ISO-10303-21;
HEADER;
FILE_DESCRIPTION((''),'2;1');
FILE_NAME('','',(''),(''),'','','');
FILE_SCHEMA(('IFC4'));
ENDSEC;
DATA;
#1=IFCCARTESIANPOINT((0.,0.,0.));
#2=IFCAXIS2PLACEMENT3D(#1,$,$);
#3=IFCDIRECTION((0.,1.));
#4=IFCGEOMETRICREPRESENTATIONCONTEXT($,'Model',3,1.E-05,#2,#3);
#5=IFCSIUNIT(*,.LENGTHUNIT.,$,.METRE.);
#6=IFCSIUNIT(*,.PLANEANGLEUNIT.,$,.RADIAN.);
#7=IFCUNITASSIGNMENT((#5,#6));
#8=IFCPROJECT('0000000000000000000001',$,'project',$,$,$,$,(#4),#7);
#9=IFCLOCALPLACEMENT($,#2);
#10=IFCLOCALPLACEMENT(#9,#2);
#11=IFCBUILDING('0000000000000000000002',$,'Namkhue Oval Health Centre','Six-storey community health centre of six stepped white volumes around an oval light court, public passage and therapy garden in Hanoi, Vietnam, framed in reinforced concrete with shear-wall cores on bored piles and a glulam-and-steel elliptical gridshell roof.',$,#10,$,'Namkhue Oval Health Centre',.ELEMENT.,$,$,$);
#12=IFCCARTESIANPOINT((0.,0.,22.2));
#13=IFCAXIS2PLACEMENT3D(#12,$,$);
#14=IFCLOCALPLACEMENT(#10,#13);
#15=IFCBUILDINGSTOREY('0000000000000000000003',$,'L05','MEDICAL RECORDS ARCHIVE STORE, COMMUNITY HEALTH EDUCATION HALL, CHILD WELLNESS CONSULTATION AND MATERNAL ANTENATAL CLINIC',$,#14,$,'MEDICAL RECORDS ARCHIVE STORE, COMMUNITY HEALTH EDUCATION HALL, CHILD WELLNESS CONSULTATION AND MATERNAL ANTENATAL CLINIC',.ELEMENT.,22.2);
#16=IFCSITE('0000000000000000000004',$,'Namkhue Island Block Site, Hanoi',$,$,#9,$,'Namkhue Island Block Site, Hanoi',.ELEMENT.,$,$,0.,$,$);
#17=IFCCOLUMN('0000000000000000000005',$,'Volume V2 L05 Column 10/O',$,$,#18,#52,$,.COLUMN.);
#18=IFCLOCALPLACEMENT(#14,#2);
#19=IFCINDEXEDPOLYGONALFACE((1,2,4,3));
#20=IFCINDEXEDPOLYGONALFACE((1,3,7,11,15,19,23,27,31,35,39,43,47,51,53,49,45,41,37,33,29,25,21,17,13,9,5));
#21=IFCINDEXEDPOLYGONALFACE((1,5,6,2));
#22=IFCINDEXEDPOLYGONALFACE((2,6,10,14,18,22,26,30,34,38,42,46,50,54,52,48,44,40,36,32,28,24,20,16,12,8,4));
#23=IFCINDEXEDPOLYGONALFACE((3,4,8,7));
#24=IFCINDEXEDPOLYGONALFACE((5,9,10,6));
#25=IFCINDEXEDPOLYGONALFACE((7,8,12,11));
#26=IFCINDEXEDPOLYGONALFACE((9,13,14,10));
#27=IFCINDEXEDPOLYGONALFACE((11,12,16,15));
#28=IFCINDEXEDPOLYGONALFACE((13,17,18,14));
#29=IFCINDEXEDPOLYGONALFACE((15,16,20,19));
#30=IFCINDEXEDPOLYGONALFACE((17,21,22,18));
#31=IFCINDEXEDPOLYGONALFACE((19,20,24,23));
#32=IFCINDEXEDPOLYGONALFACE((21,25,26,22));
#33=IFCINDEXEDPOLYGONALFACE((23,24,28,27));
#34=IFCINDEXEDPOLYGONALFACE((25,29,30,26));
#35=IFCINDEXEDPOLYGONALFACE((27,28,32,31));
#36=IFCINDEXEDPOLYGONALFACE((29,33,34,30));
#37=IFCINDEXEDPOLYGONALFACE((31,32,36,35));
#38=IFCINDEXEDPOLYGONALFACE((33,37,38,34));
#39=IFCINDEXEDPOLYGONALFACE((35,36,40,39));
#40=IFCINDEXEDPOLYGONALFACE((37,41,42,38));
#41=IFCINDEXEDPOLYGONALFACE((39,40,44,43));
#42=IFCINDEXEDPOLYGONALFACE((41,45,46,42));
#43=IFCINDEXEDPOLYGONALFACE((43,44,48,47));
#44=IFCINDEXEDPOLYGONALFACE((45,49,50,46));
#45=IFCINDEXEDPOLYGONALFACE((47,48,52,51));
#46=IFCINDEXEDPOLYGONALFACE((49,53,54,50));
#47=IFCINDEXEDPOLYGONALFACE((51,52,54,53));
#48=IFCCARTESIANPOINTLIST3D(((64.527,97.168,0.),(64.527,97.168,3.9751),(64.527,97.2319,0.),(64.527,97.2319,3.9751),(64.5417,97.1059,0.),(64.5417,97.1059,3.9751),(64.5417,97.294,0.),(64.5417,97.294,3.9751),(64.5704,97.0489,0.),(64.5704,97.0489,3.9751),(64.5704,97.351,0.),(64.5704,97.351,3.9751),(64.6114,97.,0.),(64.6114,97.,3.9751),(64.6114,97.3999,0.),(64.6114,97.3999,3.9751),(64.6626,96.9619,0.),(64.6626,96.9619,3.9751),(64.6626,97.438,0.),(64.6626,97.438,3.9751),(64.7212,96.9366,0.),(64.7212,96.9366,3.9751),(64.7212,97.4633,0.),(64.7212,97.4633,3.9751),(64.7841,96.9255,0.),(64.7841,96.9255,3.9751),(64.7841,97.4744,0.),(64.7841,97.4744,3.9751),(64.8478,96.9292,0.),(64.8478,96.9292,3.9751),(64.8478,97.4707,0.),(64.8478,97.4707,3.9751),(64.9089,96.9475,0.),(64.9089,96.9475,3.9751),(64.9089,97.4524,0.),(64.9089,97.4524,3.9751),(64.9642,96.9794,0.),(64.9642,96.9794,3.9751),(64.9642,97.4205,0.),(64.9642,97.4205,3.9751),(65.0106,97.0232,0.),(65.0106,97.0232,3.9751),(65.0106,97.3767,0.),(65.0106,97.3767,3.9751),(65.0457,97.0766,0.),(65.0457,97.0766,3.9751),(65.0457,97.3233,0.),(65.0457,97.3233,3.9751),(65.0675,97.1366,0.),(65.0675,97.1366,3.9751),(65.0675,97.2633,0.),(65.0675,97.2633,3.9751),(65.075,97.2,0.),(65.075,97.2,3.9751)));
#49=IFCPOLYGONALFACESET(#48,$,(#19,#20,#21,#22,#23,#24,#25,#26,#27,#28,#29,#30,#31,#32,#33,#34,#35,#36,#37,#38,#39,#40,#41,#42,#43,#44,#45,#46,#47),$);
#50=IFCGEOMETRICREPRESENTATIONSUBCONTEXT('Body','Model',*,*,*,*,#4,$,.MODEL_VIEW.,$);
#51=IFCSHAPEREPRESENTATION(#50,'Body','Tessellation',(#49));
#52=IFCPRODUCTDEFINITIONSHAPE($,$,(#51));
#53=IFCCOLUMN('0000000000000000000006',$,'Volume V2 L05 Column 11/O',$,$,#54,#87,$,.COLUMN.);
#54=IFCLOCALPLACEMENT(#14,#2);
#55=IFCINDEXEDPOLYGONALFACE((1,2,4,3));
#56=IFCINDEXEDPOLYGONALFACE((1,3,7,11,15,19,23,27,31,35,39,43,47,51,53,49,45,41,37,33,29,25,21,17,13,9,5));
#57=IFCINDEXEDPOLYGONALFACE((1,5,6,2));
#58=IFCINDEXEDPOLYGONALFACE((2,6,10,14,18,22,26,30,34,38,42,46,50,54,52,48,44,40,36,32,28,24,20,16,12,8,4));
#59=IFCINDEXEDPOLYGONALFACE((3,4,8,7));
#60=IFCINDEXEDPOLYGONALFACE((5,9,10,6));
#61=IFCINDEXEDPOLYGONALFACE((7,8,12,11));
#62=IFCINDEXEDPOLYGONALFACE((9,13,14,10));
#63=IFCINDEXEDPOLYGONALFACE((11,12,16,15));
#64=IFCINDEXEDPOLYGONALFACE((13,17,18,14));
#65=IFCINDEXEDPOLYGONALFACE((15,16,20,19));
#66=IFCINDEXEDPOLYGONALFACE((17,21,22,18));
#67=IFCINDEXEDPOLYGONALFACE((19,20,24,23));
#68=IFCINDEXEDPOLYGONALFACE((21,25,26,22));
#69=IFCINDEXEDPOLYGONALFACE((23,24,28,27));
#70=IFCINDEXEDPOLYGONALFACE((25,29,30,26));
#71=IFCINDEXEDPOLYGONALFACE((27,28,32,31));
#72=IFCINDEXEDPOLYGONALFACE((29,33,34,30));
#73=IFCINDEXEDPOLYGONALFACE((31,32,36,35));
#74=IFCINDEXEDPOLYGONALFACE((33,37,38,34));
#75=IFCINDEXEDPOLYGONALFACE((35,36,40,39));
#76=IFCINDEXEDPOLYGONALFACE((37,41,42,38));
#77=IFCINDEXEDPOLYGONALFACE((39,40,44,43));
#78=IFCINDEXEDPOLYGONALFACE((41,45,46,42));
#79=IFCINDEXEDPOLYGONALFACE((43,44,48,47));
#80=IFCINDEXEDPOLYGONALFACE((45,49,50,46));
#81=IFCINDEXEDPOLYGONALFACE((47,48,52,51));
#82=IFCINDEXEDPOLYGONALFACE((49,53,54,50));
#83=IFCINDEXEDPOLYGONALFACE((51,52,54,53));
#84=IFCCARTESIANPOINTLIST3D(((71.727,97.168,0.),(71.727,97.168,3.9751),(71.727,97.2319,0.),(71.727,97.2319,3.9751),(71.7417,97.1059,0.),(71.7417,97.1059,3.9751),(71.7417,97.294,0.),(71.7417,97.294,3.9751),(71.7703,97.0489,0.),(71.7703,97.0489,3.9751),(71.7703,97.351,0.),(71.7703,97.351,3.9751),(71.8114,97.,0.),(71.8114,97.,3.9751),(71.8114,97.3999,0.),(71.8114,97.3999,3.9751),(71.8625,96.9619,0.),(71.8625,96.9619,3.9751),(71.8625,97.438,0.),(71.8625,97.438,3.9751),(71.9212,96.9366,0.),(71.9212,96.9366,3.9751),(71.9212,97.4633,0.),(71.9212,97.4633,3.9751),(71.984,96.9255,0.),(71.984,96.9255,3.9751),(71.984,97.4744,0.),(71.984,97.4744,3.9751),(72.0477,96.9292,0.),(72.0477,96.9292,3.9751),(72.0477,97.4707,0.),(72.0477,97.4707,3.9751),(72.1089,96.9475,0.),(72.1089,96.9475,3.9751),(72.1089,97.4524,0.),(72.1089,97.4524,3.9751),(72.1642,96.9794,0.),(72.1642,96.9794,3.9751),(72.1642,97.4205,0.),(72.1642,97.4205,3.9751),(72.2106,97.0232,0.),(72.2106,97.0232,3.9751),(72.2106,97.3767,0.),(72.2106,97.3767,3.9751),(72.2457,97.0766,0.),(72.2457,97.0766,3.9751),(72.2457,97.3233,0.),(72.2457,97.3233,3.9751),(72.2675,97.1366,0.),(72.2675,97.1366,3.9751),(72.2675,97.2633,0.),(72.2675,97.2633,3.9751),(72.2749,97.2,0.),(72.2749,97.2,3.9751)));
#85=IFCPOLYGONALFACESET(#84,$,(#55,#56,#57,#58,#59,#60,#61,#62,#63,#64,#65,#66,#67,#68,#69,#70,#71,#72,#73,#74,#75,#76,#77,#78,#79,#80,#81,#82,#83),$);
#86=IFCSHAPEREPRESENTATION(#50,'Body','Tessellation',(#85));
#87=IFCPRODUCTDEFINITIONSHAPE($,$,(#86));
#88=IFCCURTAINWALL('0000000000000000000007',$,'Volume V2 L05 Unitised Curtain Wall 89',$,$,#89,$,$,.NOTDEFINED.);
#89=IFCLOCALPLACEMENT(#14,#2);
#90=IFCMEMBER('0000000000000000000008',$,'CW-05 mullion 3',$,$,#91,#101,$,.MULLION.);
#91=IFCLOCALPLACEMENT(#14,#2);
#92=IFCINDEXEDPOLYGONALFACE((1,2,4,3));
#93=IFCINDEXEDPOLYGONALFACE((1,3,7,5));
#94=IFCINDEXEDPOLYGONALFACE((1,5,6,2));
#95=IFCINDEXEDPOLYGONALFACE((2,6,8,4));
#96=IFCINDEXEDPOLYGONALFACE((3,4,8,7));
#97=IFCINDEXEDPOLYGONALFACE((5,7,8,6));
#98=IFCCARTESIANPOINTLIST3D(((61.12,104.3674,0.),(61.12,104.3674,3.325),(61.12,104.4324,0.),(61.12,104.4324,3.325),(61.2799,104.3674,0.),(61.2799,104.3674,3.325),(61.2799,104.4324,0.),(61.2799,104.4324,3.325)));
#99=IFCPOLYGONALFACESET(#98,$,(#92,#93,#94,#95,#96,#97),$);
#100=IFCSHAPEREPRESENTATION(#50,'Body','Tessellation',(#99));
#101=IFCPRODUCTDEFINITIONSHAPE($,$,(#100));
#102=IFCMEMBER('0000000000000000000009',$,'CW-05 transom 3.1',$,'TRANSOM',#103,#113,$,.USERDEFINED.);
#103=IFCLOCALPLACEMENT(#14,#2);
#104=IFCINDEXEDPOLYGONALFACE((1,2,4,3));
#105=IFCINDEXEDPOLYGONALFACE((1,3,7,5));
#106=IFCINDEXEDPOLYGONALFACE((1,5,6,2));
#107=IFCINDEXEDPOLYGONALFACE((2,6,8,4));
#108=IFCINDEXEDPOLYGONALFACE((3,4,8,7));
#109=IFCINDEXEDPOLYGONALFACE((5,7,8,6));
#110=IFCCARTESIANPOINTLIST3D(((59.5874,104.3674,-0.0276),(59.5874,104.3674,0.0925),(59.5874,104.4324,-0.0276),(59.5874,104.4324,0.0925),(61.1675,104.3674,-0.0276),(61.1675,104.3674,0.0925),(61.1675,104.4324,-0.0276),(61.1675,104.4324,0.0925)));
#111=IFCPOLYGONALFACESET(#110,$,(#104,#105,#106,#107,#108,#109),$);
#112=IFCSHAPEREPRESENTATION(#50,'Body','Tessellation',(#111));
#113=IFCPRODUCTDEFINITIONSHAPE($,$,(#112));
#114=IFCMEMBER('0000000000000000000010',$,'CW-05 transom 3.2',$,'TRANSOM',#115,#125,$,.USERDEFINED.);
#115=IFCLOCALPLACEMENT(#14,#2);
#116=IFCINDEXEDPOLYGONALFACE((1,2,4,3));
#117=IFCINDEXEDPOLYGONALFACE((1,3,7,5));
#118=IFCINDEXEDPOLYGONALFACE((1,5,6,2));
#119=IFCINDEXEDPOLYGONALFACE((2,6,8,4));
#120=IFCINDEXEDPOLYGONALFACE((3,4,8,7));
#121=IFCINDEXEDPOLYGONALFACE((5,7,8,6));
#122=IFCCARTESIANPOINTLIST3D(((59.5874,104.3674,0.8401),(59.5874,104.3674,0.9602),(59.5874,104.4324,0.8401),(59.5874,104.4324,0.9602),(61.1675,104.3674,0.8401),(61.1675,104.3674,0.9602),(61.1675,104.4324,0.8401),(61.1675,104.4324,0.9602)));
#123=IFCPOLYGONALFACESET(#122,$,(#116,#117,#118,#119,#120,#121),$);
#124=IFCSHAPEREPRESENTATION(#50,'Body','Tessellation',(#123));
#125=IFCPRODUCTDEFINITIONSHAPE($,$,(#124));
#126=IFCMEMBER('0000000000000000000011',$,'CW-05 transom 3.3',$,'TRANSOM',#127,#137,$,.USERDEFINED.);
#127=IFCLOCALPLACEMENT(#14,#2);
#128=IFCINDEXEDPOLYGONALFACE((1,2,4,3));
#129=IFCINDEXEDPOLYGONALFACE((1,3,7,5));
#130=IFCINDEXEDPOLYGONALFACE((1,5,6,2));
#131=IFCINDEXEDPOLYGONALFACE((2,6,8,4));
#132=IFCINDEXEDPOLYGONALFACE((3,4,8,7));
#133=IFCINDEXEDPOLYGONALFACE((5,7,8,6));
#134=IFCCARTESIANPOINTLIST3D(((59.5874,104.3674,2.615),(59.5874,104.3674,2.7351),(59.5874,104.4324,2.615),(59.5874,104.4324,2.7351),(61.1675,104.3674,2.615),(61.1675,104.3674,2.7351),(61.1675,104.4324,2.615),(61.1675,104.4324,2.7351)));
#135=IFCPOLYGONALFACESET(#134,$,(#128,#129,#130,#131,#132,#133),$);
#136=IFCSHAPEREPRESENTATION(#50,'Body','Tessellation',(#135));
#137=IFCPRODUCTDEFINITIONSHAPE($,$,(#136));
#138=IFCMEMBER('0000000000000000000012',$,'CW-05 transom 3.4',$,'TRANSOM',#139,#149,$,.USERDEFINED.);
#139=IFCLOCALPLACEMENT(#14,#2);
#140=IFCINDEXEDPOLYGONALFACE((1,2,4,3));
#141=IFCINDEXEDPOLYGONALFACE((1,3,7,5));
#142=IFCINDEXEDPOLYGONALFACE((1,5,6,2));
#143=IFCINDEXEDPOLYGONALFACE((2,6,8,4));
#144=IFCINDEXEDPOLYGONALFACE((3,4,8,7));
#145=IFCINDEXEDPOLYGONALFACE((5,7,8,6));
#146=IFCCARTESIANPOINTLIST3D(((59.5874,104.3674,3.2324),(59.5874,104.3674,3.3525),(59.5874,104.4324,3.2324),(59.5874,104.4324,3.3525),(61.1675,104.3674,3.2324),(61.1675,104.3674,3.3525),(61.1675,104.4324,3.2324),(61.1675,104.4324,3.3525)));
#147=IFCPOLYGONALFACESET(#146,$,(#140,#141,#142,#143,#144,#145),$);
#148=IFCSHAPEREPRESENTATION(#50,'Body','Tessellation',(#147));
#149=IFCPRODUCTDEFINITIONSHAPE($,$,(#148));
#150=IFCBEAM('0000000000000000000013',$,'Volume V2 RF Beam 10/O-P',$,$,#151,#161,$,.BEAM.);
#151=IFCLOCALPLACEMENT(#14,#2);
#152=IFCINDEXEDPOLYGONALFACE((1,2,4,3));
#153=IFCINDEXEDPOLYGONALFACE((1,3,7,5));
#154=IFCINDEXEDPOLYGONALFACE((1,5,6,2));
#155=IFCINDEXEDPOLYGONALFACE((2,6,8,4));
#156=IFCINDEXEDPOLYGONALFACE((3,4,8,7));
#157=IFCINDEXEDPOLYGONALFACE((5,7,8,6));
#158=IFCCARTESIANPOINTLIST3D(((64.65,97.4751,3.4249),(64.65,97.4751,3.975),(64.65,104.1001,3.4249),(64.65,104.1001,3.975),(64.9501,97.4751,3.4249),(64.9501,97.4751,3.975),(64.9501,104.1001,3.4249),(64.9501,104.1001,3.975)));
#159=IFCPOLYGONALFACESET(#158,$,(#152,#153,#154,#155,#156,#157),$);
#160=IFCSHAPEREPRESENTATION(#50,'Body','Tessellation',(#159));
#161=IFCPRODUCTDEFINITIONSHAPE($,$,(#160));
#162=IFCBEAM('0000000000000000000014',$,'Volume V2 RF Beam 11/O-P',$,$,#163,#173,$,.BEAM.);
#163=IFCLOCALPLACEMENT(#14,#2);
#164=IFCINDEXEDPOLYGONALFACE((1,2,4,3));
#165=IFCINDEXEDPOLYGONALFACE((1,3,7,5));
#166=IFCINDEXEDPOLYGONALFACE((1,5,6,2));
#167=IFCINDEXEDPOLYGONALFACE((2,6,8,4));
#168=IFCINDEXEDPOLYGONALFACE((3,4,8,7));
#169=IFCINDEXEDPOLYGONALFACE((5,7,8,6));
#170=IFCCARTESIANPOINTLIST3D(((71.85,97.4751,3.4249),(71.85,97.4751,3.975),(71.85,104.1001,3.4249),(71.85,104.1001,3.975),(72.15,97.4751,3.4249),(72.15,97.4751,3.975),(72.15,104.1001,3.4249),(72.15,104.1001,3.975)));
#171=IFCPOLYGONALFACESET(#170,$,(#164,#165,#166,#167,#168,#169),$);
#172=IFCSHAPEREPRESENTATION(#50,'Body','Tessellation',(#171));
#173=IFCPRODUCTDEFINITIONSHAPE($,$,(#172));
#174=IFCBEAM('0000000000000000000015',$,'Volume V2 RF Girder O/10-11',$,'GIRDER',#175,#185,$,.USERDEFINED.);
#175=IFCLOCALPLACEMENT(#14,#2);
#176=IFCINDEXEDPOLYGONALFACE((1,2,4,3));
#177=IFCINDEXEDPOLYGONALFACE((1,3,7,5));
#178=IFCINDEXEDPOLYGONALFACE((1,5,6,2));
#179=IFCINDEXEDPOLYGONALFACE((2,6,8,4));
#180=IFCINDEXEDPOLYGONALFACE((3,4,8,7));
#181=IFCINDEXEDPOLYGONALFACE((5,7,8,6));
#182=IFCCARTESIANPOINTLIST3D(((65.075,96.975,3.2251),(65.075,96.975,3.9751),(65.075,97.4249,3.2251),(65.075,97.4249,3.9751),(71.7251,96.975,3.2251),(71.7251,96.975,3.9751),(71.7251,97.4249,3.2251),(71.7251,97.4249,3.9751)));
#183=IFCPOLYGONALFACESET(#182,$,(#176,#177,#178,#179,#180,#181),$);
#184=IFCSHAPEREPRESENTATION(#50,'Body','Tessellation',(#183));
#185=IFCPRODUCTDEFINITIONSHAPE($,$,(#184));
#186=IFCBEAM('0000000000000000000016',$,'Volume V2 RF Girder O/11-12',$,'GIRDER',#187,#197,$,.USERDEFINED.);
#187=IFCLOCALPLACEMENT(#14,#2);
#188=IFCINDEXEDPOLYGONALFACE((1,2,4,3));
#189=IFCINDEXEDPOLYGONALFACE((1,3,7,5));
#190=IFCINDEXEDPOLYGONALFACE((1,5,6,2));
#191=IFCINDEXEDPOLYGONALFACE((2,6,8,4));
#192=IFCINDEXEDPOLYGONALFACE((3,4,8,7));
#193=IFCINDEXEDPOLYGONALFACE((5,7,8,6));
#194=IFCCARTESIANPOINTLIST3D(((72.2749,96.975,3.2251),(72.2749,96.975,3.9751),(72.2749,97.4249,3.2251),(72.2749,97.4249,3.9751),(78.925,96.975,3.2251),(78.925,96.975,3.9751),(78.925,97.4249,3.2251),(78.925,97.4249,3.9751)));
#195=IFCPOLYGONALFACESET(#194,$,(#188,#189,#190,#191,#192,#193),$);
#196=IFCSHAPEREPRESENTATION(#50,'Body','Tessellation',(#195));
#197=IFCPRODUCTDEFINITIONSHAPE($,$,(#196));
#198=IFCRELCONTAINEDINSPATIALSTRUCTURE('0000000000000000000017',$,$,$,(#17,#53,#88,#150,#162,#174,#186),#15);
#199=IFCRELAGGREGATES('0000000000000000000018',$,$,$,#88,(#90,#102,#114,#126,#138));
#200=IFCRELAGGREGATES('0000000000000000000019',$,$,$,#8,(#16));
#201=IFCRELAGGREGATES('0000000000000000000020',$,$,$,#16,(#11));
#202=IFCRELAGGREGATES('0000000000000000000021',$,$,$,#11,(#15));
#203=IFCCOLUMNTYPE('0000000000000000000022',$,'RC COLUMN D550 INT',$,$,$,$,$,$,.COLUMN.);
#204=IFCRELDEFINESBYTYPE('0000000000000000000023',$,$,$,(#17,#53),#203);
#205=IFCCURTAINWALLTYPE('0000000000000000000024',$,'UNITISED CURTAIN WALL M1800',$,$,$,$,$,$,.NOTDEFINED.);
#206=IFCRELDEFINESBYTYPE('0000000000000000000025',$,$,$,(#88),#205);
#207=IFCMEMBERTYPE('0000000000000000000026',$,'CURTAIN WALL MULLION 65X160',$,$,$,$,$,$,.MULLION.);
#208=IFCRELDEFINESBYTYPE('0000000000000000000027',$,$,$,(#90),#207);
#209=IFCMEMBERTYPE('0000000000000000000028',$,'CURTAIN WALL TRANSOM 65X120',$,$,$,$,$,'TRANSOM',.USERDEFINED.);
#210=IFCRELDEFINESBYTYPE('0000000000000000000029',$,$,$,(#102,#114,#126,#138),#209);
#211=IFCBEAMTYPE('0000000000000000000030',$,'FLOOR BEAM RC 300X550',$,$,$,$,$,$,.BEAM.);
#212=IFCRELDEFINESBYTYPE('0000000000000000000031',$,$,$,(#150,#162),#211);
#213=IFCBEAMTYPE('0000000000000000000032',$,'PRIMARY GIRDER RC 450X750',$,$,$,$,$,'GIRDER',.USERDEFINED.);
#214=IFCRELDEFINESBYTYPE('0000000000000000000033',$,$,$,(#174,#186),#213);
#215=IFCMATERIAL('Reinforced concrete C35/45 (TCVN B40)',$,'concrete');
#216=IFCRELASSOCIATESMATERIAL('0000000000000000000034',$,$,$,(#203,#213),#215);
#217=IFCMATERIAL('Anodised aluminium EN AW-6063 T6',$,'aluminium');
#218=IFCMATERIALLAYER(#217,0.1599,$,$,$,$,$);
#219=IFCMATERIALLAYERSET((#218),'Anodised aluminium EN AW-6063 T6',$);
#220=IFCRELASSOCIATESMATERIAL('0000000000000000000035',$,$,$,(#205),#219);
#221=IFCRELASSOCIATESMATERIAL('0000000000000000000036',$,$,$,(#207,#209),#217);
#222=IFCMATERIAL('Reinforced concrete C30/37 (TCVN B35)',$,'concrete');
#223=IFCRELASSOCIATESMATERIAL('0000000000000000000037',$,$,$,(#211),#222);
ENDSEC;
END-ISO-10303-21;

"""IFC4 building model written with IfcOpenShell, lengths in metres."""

from ifc_helpers import new_model, si_unit, direction, frame, origin, origin_2d, place, context, subcontext, project, spatial, rectangle, circle, extrude, material, layer, layer_set, material_profile, profile_set, type_object, element, aggregate, save


model = new_model("IFC4")

# Units and contexts
model_context = context("Model", 3, precision=1e-05, world=origin(), true_north=direction((0.0, 1.0)))
body_context = subcontext(model_context, "Body", "Model", "MODEL_VIEW")
ifc_project = project(units=[si_unit("LENGTHUNIT", "METRE"), si_unit("PLANEANGLEUNIT", "RADIAN")], contexts=[model_context])

# Site, building, storey
site_placement = place(None, origin())
site = spatial("IfcSite", under=ifc_project, at=site_placement, Name="Namkhue Island Block Site, Hanoi", LongName="Namkhue Island Block Site, Hanoi", CompositionType="ELEMENT", RefElevation=0.0)
building_placement = place(site_placement, origin())
building = spatial("IfcBuilding", under=site, at=building_placement, Name="Namkhue Oval Health Centre", Description="Six-storey community health centre of six stepped white volumes around an oval light court, public passage and therapy garden in Hanoi, Vietnam, framed in reinforced concrete with shear-wall cores on bored piles and a glulam-and-steel elliptical gridshell roof.", LongName="Namkhue Oval Health Centre", CompositionType="ELEMENT")
storey_placement = place(building_placement, frame((0.0, 0.0, 22.2)))
storey = spatial("IfcBuildingStorey", under=building, at=storey_placement, Name="L05", Description="MEDICAL RECORDS ARCHIVE STORE, COMMUNITY HEALTH EDUCATION HALL, CHILD WELLNESS CONSULTATION AND MATERNAL ANTENATAL CLINIC", LongName="MEDICAL RECORDS ARCHIVE STORE, COMMUNITY HEALTH EDUCATION HALL, CHILD WELLNESS CONSULTATION AND MATERNAL ANTENATAL CLINIC", CompositionType="ELEMENT", Elevation=22.2)

# Columns
ifc_material_1 = material(Name="Reinforced concrete C35/45 (TCVN B40)", Category="concrete")
ifc_material_profile_1 = material_profile(ifc_material_1, circle(Radius=0.2749, at=origin_2d()), Name="RC D550")
ifc_profile_set_1 = profile_set([ifc_material_profile_1], Name="Reinforced concrete C35/45 (TCVN B40)")
column_type = type_object("IfcColumnType", Name="RC COLUMN D550 INT", PredefinedType="COLUMN", material=ifc_profile_set_1)
for number, where, z_axis, x_axis, name in (
    (1, (64.8, 97.2, 0.0), (0.0, 0.0, 1.0), (1.0, 0.0, 0.0), "Volume V2 L05 Column 10/O"),
    (2, (72.0, 97.2, 0.0), (0.0, 0.0, 1.0), (1.0, 0.0, 0.0), "Volume V2 L05 Column 11/O"),
):
    element("IfcColumn", number, at=place(storey_placement, frame(where, z_axis=z_axis, x_axis=x_axis)), inside=storey, type_object=column_type, Name=name, PredefinedType="COLUMN", context=body_context, shape_type="SweptSolid", body=[
        extrude(circle(Radius=0.2749, at=origin_2d()), origin(), (0.0, 0.0, 1.0), 3.9751),
    ])

# Curtain wall, members
ifc_material_2 = material(Name="Anodised aluminium EN AW-6063 T6", Category="aluminium")
ifc_layer_1 = layer(ifc_material_2, 0.1599)
ifc_layer_set_1 = layer_set([ifc_layer_1], Name="Anodised aluminium EN AW-6063 T6")
curtain_wall_type = type_object("IfcCurtainWallType", Name="UNITISED CURTAIN WALL M1800", PredefinedType="NOTDEFINED", material=ifc_layer_set_1)
curtain_wall_placement = place(storey_placement, origin())
curtain_wall = element("IfcCurtainWall", 3, at=curtain_wall_placement, inside=storey, type_object=curtain_wall_type, Name="Volume V2 L05 Unitised Curtain Wall 89", PredefinedType="NOTDEFINED")
ifc_material_profile_2 = material_profile(ifc_material_2, rectangle(XDim=0.0649, YDim=0.1599, at=origin_2d()), Name="ALU 65x160")
ifc_profile_set_2 = profile_set([ifc_material_profile_2], Name="Anodised aluminium EN AW-6063 T6")
member_type_1 = type_object("IfcMemberType", Name="CURTAIN WALL MULLION 65X160", PredefinedType="MULLION", material=ifc_profile_set_2)
member_1_placement = place(storey_placement, frame((61.2, 104.3999, 0.0), z_axis=(0.0, 0.0, 1.0), x_axis=(0.0, -1.0, 0.0)))
member_1 = element("IfcMember", 4, at=member_1_placement, type_object=member_type_1, Name="CW-05 mullion 3", PredefinedType="MULLION", context=body_context, shape_type="SweptSolid", body=[
    extrude(rectangle(XDim=0.0649, YDim=0.1599, at=origin_2d()), origin(), (0.0, 0.0, 1.0), 3.325),
])
ifc_material_profile_3 = material_profile(ifc_material_2, rectangle(XDim=0.0649, YDim=0.1201, at=origin_2d()), Name="ALU 65x120")
ifc_profile_set_3 = profile_set([ifc_material_profile_3], Name="Anodised aluminium EN AW-6063 T6")
member_type_2 = type_object("IfcMemberType", Name="CURTAIN WALL TRANSOM 65X120", ElementType="TRANSOM", PredefinedType="USERDEFINED", material=ifc_profile_set_3)
member_2_placement = place(storey_placement, frame((61.1675, 104.3999, 0.0325), z_axis=(-1.0, 0.0, 0.0), x_axis=(0.0, -1.0, 0.0)))
member_2 = element("IfcMember", 5, at=member_2_placement, type_object=member_type_2, Name="CW-05 transom 3.1", ObjectType="TRANSOM", PredefinedType="USERDEFINED", context=body_context, shape_type="SweptSolid", body=[
    extrude(rectangle(XDim=0.0649, YDim=0.1201, at=origin_2d()), origin(), (0.0, 0.0, 1.0), 1.5801),
])
member_3_placement = place(storey_placement, frame((61.1675, 104.3999, 0.9001), z_axis=(-1.0, 0.0, 0.0), x_axis=(0.0, -1.0, 0.0)))
member_3 = element("IfcMember", 6, at=member_3_placement, type_object=member_type_2, Name="CW-05 transom 3.2", ObjectType="TRANSOM", PredefinedType="USERDEFINED", context=body_context, shape_type="SweptSolid", body=[
    extrude(rectangle(XDim=0.0649, YDim=0.1201, at=origin_2d()), origin(), (0.0, 0.0, 1.0), 1.5801),
])
member_4_placement = place(storey_placement, frame((61.1675, 104.3999, 2.675), z_axis=(-1.0, 0.0, 0.0), x_axis=(0.0, -1.0, 0.0)))
member_4 = element("IfcMember", 7, at=member_4_placement, type_object=member_type_2, Name="CW-05 transom 3.3", ObjectType="TRANSOM", PredefinedType="USERDEFINED", context=body_context, shape_type="SweptSolid", body=[
    extrude(rectangle(XDim=0.0649, YDim=0.1201, at=origin_2d()), origin(), (0.0, 0.0, 1.0), 1.5801),
])
member_5_placement = place(storey_placement, frame((61.1675, 104.3999, 3.2925), z_axis=(-1.0, 0.0, 0.0), x_axis=(0.0, -1.0, 0.0)))
member_5 = element("IfcMember", 8, at=member_5_placement, type_object=member_type_2, Name="CW-05 transom 3.4", ObjectType="TRANSOM", PredefinedType="USERDEFINED", context=body_context, shape_type="SweptSolid", body=[
    extrude(rectangle(XDim=0.0649, YDim=0.1201, at=origin_2d()), origin(), (0.0, 0.0, 1.0), 1.5801),
])

# Beams
ifc_material_3 = material(Name="Reinforced concrete C30/37 (TCVN B35)", Category="concrete")
ifc_material_profile_4 = material_profile(ifc_material_3, rectangle(XDim=0.3, YDim=0.55, at=origin_2d()), Name="RC 300x550")
ifc_profile_set_4 = profile_set([ifc_material_profile_4], Name="Reinforced concrete C30/37 (TCVN B35)")
beam_type_1 = type_object("IfcBeamType", Name="FLOOR BEAM RC 300X550", PredefinedType="BEAM", material=ifc_profile_set_4)
for number, where, z_axis, x_axis, name in (
    (9, (64.8, 97.4751, 3.7), (0.0, 1.0, 0.0), (-1.0, 0.0, 0.0), "Volume V2 RF Beam 10/O-P"),
    (10, (72.0, 97.4751, 3.7), (0.0, 1.0, 0.0), (-1.0, 0.0, 0.0), "Volume V2 RF Beam 11/O-P"),
):
    element("IfcBeam", number, at=place(storey_placement, frame(where, z_axis=z_axis, x_axis=x_axis)), inside=storey, type_object=beam_type_1, Name=name, PredefinedType="BEAM", context=body_context, shape_type="SweptSolid", body=[
        extrude(rectangle(XDim=0.3, YDim=0.55, at=origin_2d()), origin(), (0.0, 0.0, 1.0), 6.625),
    ])
ifc_material_profile_5 = material_profile(ifc_material_1, rectangle(XDim=0.45, YDim=0.75, at=origin_2d()), Name="RC 450x750")
ifc_profile_set_5 = profile_set([ifc_material_profile_5], Name="Reinforced concrete C35/45 (TCVN B40)")
beam_type_2 = type_object("IfcBeamType", Name="PRIMARY GIRDER RC 450X750", ElementType="GIRDER", PredefinedType="USERDEFINED", material=ifc_profile_set_5)
for number, where, z_axis, x_axis, name in (
    (11, (65.075, 97.2, 3.6001), (1.0, 0.0, 0.0), (0.0, 1.0, 0.0), "Volume V2 RF Girder O/10-11"),
    (12, (72.2749, 97.2, 3.6001), (1.0, 0.0, 0.0), (0.0, 1.0, 0.0), "Volume V2 RF Girder O/11-12"),
):
    element("IfcBeam", number, at=place(storey_placement, frame(where, z_axis=z_axis, x_axis=x_axis)), inside=storey, type_object=beam_type_2, Name=name, ObjectType="GIRDER", PredefinedType="USERDEFINED", context=body_context, shape_type="SweptSolid", body=[
        extrude(rectangle(XDim=0.45, YDim=0.75, at=origin_2d()), origin(), (0.0, 0.0, 1.0), 6.6501),
    ])

aggregate(curtain_wall, [member_1, member_2, member_3, member_4, member_5])

save(model, "model.ifc")
